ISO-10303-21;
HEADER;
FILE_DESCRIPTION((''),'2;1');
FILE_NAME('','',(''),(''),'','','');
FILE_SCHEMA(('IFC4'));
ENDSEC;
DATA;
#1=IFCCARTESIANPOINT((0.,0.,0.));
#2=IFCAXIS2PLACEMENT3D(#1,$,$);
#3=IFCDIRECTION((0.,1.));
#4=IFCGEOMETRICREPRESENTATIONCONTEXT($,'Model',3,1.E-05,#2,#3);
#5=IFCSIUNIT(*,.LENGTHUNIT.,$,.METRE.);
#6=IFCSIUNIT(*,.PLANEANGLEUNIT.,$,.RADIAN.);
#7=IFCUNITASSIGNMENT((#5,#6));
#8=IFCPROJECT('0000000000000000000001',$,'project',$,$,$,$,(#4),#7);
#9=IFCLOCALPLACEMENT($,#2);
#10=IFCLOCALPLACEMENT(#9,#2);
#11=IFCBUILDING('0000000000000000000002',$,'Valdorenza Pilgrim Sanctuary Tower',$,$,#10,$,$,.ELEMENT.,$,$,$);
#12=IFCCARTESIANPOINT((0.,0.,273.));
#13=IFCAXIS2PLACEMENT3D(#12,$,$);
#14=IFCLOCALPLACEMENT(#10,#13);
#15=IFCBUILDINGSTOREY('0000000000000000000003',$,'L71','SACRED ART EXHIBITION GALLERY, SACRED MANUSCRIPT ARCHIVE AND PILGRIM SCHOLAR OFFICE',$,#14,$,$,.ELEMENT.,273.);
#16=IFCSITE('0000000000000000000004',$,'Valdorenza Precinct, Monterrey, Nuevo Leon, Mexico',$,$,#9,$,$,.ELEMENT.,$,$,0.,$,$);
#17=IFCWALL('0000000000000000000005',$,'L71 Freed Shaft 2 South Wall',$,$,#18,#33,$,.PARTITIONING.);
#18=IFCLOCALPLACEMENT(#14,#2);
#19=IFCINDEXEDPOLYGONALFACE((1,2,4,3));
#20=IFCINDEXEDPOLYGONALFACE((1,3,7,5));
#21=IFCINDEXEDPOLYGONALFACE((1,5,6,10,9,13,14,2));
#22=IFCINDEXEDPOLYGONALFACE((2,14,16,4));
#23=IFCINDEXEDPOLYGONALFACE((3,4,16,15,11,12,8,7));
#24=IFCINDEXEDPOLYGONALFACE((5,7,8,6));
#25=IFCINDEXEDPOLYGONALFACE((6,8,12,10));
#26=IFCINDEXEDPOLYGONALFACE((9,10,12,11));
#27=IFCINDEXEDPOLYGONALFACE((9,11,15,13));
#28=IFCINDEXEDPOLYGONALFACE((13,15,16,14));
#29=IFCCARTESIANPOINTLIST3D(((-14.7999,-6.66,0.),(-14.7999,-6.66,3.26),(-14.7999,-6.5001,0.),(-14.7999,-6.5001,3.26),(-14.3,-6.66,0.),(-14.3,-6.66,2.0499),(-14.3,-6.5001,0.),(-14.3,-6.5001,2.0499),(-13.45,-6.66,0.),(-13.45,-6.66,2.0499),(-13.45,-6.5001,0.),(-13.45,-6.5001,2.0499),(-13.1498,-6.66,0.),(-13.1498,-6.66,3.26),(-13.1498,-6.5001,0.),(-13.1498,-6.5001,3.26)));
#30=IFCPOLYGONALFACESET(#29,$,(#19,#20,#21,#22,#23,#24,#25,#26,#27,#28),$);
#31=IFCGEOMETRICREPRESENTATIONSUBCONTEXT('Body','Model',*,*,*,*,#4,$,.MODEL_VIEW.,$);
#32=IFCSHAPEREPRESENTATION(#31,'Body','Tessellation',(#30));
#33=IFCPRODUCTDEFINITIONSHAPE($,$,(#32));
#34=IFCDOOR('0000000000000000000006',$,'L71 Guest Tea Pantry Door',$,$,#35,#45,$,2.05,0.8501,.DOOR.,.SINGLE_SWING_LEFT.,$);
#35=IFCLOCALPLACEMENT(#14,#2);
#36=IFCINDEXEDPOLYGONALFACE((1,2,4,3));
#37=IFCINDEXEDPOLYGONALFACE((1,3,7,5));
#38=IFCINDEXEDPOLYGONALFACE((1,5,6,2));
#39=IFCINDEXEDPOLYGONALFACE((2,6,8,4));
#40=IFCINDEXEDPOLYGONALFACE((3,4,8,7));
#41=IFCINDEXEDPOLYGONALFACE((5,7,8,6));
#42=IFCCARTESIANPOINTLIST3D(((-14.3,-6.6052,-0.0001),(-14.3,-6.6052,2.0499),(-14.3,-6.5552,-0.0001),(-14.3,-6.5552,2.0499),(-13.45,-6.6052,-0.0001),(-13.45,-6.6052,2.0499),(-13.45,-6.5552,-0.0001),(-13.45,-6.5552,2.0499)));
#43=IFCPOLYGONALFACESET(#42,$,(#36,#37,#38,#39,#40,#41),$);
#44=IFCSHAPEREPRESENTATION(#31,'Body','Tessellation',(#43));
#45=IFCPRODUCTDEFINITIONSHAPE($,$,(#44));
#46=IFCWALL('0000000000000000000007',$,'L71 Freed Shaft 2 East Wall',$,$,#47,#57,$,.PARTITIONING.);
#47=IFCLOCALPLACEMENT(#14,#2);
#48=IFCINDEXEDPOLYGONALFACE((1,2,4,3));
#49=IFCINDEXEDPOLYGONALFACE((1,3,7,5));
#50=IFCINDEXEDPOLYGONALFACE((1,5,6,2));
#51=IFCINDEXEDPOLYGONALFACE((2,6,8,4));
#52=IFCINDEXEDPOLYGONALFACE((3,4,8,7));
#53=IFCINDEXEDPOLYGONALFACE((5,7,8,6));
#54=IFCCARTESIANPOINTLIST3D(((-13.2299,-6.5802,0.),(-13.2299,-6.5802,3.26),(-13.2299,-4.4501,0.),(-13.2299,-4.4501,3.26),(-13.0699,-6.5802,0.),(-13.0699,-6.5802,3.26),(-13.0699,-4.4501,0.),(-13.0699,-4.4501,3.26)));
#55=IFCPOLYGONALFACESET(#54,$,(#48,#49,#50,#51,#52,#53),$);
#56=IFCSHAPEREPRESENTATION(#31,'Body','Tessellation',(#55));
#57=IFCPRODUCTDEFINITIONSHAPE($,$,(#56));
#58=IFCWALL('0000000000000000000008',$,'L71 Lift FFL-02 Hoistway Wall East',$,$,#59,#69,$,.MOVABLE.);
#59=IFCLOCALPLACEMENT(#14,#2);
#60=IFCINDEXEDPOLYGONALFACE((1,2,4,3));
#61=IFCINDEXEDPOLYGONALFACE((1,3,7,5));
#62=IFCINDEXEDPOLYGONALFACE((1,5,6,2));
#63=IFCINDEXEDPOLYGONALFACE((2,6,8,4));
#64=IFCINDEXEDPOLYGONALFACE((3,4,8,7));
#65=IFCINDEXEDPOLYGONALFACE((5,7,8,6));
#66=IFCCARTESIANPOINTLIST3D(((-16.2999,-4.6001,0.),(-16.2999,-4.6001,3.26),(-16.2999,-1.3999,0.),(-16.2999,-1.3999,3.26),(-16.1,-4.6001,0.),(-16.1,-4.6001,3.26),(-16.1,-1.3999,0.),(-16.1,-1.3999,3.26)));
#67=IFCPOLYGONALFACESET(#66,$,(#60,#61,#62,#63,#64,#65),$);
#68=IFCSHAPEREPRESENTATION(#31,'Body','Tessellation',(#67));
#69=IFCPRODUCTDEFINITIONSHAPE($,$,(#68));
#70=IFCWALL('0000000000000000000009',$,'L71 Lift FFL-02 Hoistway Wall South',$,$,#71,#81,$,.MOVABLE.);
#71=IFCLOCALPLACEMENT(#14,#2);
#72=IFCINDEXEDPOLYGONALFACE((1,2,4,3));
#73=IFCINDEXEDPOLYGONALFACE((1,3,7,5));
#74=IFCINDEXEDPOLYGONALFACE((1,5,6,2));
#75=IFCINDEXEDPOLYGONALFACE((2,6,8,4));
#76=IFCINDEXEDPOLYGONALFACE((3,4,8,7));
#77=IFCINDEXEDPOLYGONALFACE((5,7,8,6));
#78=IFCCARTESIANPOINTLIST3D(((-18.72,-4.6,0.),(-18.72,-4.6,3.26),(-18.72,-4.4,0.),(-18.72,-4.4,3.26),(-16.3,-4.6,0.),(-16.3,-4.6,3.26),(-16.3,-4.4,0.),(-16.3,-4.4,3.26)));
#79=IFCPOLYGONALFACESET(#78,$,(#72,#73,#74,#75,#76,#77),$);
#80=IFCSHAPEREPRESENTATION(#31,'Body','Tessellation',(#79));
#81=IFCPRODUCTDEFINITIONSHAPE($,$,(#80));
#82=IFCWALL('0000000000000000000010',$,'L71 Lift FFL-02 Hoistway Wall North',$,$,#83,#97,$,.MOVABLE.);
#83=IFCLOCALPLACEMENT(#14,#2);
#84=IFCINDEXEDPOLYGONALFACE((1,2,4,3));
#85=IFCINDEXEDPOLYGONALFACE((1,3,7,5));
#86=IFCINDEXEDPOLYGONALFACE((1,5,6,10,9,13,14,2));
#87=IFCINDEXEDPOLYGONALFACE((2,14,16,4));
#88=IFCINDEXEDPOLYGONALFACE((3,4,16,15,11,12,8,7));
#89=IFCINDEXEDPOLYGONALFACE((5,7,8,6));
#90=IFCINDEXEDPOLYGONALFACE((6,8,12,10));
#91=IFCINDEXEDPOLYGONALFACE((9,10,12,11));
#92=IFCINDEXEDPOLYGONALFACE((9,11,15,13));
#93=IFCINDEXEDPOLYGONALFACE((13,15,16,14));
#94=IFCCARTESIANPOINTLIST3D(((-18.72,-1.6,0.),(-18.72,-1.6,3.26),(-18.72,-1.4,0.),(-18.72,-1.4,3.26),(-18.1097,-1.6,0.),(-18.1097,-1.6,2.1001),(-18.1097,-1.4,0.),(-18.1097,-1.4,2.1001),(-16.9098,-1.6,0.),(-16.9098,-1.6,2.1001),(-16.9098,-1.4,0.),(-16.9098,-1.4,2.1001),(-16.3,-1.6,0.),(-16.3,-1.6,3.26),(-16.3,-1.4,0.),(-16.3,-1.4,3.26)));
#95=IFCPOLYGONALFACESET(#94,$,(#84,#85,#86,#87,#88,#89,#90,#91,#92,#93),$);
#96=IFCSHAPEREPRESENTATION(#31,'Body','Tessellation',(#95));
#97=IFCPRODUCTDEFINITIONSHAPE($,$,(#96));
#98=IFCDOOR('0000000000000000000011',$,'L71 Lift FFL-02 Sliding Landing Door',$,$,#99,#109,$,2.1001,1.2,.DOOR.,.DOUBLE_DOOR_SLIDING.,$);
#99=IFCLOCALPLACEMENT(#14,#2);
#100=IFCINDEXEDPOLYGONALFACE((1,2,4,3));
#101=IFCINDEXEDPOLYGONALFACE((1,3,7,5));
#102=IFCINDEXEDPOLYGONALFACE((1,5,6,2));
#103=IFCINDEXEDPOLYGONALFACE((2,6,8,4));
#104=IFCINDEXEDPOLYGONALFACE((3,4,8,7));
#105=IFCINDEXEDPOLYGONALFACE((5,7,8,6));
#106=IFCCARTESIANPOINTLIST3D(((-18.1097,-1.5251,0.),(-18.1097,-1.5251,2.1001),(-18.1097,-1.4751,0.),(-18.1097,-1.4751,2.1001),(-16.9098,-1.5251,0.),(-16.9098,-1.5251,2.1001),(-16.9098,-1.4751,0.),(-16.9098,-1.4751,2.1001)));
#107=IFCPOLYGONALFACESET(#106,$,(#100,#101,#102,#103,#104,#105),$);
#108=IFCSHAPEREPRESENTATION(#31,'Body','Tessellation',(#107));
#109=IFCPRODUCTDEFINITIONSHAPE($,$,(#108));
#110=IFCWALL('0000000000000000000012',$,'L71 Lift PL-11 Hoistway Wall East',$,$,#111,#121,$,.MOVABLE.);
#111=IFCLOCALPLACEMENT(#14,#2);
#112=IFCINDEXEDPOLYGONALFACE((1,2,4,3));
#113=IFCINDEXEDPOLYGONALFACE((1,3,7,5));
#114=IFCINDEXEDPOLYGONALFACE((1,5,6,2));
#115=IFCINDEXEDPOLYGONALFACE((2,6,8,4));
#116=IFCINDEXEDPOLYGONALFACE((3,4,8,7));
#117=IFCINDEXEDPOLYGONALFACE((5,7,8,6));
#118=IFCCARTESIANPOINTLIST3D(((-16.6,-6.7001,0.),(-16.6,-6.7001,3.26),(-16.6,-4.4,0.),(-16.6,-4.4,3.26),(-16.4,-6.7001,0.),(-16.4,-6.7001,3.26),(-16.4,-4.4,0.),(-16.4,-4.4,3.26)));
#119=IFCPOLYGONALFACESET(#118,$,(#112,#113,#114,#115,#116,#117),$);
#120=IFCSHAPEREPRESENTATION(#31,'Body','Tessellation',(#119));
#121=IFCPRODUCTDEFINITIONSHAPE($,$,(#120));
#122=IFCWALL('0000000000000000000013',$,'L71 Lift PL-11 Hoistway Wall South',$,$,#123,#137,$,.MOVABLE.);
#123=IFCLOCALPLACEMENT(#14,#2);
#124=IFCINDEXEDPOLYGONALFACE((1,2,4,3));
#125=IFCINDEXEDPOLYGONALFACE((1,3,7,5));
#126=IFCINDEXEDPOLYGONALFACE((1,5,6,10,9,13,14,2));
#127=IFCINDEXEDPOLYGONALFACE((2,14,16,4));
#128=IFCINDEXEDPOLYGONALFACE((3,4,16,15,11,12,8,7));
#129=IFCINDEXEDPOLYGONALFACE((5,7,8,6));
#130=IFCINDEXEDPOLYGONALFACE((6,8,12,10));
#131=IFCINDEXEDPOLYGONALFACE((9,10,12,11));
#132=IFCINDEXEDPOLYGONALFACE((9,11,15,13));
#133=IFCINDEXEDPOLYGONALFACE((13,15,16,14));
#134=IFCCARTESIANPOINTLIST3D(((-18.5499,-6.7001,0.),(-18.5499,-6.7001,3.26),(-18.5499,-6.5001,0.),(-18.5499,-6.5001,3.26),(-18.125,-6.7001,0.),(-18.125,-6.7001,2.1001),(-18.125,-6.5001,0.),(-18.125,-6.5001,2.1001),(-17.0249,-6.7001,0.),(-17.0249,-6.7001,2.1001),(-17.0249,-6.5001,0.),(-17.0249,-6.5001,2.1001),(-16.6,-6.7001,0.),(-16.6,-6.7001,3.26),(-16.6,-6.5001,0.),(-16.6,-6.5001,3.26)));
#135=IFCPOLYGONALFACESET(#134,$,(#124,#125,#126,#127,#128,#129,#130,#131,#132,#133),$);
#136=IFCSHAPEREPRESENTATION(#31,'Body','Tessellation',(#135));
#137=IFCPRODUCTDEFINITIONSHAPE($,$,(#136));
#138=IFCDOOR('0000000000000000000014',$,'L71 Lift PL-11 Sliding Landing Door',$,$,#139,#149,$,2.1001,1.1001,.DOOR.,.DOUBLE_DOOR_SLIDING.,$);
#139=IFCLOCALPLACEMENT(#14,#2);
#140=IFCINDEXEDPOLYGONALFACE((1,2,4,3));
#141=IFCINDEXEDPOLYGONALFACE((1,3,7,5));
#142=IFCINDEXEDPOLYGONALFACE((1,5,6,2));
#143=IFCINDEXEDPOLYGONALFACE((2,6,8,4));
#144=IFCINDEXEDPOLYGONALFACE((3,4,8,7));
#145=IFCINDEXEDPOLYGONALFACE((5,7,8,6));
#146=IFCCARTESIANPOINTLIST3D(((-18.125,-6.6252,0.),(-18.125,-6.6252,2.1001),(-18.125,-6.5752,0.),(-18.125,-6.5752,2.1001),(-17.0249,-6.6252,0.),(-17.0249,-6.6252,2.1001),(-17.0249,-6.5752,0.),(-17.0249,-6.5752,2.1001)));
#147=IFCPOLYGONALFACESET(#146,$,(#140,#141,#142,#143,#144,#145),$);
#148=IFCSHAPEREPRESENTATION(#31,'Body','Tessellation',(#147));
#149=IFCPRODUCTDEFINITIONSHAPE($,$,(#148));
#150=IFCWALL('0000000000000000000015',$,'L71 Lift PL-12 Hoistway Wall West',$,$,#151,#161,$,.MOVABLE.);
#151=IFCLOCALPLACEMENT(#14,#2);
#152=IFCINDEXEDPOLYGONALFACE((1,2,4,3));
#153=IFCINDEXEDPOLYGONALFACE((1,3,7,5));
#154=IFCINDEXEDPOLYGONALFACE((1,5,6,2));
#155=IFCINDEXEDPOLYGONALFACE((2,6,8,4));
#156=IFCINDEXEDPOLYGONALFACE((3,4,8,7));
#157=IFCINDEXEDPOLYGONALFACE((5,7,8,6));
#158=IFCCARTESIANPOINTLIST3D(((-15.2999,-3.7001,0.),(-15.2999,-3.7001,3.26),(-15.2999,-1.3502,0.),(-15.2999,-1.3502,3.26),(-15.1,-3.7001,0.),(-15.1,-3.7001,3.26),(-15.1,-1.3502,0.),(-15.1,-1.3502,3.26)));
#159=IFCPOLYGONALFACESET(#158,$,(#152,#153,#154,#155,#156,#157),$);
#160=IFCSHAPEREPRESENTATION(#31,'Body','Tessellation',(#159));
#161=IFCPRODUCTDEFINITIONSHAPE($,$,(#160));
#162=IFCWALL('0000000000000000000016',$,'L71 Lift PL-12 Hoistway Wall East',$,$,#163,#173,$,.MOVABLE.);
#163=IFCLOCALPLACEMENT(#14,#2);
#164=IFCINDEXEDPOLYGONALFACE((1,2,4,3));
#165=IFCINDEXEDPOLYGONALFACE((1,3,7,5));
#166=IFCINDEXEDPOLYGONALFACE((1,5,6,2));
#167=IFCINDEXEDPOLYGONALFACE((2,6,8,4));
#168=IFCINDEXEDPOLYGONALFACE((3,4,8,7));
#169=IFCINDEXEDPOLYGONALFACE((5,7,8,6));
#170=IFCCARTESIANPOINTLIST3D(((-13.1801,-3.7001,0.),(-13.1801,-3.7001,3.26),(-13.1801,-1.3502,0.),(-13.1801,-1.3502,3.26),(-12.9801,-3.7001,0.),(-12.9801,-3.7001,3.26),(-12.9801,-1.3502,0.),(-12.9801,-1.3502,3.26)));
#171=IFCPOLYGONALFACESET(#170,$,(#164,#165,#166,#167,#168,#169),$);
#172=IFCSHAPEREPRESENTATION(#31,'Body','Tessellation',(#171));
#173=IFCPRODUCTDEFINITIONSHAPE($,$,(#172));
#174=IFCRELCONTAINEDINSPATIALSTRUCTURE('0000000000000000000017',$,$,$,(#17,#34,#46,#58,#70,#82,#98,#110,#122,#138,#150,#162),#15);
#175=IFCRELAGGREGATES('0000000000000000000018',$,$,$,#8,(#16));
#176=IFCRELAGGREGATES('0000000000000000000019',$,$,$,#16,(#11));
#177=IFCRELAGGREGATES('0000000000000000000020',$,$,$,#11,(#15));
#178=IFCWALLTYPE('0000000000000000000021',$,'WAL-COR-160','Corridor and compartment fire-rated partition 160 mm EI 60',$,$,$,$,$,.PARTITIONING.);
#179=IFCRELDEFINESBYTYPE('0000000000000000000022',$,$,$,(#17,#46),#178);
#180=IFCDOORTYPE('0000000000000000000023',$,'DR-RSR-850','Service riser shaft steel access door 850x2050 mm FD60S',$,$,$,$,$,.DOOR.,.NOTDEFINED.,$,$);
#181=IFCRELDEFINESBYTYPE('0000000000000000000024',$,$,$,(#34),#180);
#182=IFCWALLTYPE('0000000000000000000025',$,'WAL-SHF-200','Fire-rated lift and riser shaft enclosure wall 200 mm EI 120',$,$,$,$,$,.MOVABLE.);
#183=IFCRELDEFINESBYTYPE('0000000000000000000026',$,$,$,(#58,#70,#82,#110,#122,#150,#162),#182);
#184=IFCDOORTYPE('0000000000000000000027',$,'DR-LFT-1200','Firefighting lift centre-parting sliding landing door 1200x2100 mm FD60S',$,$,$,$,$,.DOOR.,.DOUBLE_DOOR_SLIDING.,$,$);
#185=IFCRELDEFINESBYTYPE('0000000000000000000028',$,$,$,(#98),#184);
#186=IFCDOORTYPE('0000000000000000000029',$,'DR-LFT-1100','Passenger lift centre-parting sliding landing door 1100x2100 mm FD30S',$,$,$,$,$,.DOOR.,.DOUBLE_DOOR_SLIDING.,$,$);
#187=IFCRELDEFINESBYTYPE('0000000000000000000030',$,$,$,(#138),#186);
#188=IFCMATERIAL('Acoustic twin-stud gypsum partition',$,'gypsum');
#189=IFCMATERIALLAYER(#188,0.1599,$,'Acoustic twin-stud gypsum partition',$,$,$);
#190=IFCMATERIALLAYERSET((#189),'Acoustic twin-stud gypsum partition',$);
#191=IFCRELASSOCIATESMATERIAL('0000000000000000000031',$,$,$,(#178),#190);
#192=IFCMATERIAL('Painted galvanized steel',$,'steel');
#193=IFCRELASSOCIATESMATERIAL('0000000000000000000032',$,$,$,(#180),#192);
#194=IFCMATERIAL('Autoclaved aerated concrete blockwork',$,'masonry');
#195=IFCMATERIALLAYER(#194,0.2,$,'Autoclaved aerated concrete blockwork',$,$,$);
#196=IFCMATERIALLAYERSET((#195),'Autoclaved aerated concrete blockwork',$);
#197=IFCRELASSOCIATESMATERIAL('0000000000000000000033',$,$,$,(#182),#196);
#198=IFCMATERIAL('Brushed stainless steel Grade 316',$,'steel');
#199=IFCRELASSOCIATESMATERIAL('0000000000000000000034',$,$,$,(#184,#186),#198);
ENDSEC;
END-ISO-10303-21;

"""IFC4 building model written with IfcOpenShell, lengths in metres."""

from ifc_helpers import new_model, si_unit, direction, frame, frame_2d, origin, place, context, subcontext, project, spatial, rectangle, extrude, material, layer, layer_set, type_object, element, fill, save


model = new_model("IFC4")

# Units and contexts
model_context = context("Model", 3, precision=1e-05, world=origin(), true_north=direction((0.0, 1.0)))
body_context = subcontext(model_context, "Body", "Model", "MODEL_VIEW")
ifc_project = project(units=[si_unit("LENGTHUNIT", "METRE"), si_unit("PLANEANGLEUNIT", "RADIAN")], contexts=[model_context])

# Site, building, storey
site_placement = place(None, origin())
site = spatial("IfcSite", under=ifc_project, at=site_placement, Name="Valdorenza Precinct, Monterrey, Nuevo Leon, Mexico", CompositionType="ELEMENT", RefElevation=0.0)
building_placement = place(site_placement, origin())
building = spatial("IfcBuilding", under=site, at=building_placement, Name="Valdorenza Pilgrim Sanctuary Tower", CompositionType="ELEMENT")
storey_placement = place(building_placement, frame((0.0, 0.0, 273.0)))
storey = spatial("IfcBuildingStorey", under=building, at=storey_placement, Name="L71", Description="SACRED ART EXHIBITION GALLERY, SACRED MANUSCRIPT ARCHIVE AND PILGRIM SCHOLAR OFFICE", CompositionType="ELEMENT", Elevation=273.0)

# Wall, opening, door
ifc_material_1 = material(Name="Acoustic twin-stud gypsum partition", Category="gypsum")
ifc_layer_1 = layer(ifc_material_1, 0.1599, Name="Acoustic twin-stud gypsum partition")
ifc_layer_set_1 = layer_set([ifc_layer_1], Name="Acoustic twin-stud gypsum partition")
wall_type_1 = type_object("IfcWallType", Name="WAL-COR-160", Description="Corridor and compartment fire-rated partition 160 mm EI 60", PredefinedType="PARTITIONING", material=ifc_layer_set_1)
wall_1_placement = place(storey_placement, frame((-14.8, -6.5801, 0.0), z_axis=(0.0, 0.0, 1.0), x_axis=(1.0, 0.0, 0.0)))
wall_1 = element("IfcWall", 1, at=wall_1_placement, inside=storey, type_object=wall_type_1, Name="L71 Freed Shaft 2 South Wall", PredefinedType="PARTITIONING", context=body_context, shape_type="SweptSolid", body=[
    extrude(rectangle(XDim=1.6501, YDim=0.1599, at=frame_2d((0.8252, 0.0))), origin(), (0.0, 0.0, 1.0), 3.26),
])
opening_1_placement = place(wall_1_placement, frame((0.5, 0.0, 0.0)))
opening_1 = element("IfcOpeningElement", 2, at=opening_1_placement, cuts=wall_1, PredefinedType="OPENING", context=body_context, shape_type="SweptSolid", body=[
    extrude(rectangle(XDim=0.8501, YDim=2.05, at=frame_2d((0.425, 1.0249))), frame((0.0, 0.0947, 0.0), z_axis=(0.0, -1.0, 0.0), x_axis=(1.0, 0.0, 0.0)), (0.0, 0.0, 1.0), 0.1897),
])
ifc_material_2 = material(Name="Painted galvanized steel", Category="steel")
door_type_1 = type_object("IfcDoorType", Name="DR-RSR-850", Description="Service riser shaft steel access door 850x2050 mm FD60S", OperationType="NOTDEFINED", PredefinedType="DOOR", material=ifc_material_2)
door_1_placement = place(opening_1_placement, origin())
door_1 = element("IfcDoor", 3, at=door_1_placement, inside=storey, type_object=door_type_1, Name="L71 Guest Tea Pantry Door", OperationType="SINGLE_SWING_LEFT", OverallHeight=2.05, OverallWidth=0.8501, PredefinedType="DOOR", context=body_context, shape_type="SweptSolid", body=[
    extrude(rectangle(XDim=0.8501, YDim=2.05, at=frame_2d((0.425, 1.0249))), frame((0.0, 0.0249, 0.0), z_axis=(0.0, -1.0, 0.0), x_axis=(1.0, 0.0, 0.0)), (0.0, 0.0, 1.0), 0.05),
])
fill(opening_1, door_1)

# Wall
wall_2_placement = place(storey_placement, frame((-13.1499, -6.5801, 0.0), z_axis=(0.0, 0.0, 1.0), x_axis=(0.0, 1.0, 0.0)))
element("IfcWall", 4, at=wall_2_placement, inside=storey, type_object=wall_type_1, Name="L71 Freed Shaft 2 East Wall", PredefinedType="PARTITIONING", context=body_context, shape_type="SweptSolid", body=[
    extrude(rectangle(XDim=2.1301, YDim=0.1599, at=frame_2d((1.0649, 0.0))), origin(), (0.0, 0.0, 1.0), 3.26),
])

# Walls
ifc_material_3 = material(Name="Autoclaved aerated concrete blockwork", Category="masonry")
ifc_layer_2 = layer(ifc_material_3, 0.2, Name="Autoclaved aerated concrete blockwork")
ifc_layer_set_2 = layer_set([ifc_layer_2], Name="Autoclaved aerated concrete blockwork")
wall_type_2 = type_object("IfcWallType", Name="WAL-SHF-200", Description="Fire-rated lift and riser shaft enclosure wall 200 mm EI 120", PredefinedType="MOVABLE", material=ifc_layer_set_2)
wall_3_placement = place(storey_placement, frame((-16.2, -4.6001, 0.0), z_axis=(0.0, 0.0, 1.0), x_axis=(0.0, 1.0, 0.0)))
element("IfcWall", 5, at=wall_3_placement, inside=storey, type_object=wall_type_2, Name="L71 Lift FFL-02 Hoistway Wall East", PredefinedType="MOVABLE", context=body_context, shape_type="SweptSolid", body=[
    extrude(rectangle(XDim=3.2002, YDim=0.2, at=frame_2d((1.6001, 0.0))), origin(), (0.0, 0.0, 1.0), 3.26),
])
wall_4_placement = place(storey_placement, frame((-18.72, -4.5, 0.0), z_axis=(0.0, 0.0, 1.0), x_axis=(1.0, 0.0, 0.0)))
element("IfcWall", 6, at=wall_4_placement, inside=storey, type_object=wall_type_2, Name="L71 Lift FFL-02 Hoistway Wall South", PredefinedType="MOVABLE", context=body_context, shape_type="SweptSolid", body=[
    extrude(rectangle(XDim=2.4199, YDim=0.2, at=frame_2d((1.21, 0.0))), origin(), (0.0, 0.0, 1.0), 3.26),
])

# Wall, opening, door
wall_5_placement = place(storey_placement, frame((-18.72, -1.5, 0.0), z_axis=(0.0, 0.0, 1.0), x_axis=(1.0, 0.0, 0.0)))
wall_5 = element("IfcWall", 7, at=wall_5_placement, inside=storey, type_object=wall_type_2, Name="L71 Lift FFL-02 Hoistway Wall North", PredefinedType="MOVABLE", context=body_context, shape_type="SweptSolid", body=[
    extrude(rectangle(XDim=2.4199, YDim=0.2, at=frame_2d((1.21, 0.0))), origin(), (0.0, 0.0, 1.0), 3.26),
])
opening_2_placement = place(wall_5_placement, frame((0.6101, 0.0, 0.0)))
opening_2 = element("IfcOpeningElement", 8, at=opening_2_placement, cuts=wall_5, PredefinedType="OPENING", context=body_context, shape_type="SweptSolid", body=[
    extrude(rectangle(XDim=1.2, YDim=2.1001, at=frame_2d((0.6001, 1.05))), frame((0.0, 0.1147, 0.0), z_axis=(0.0, -1.0, 0.0), x_axis=(1.0, 0.0, 0.0)), (0.0, 0.0, 1.0), 0.2297),
])
ifc_material_4 = material(Name="Brushed stainless steel Grade 316", Category="steel")
door_type_2 = type_object("IfcDoorType", Name="DR-LFT-1200", Description="Firefighting lift centre-parting sliding landing door 1200x2100 mm FD60S", OperationType="DOUBLE_DOOR_SLIDING", PredefinedType="DOOR", material=ifc_material_4)
door_2_placement = place(opening_2_placement, origin())
door_2 = element("IfcDoor", 9, at=door_2_placement, inside=storey, type_object=door_type_2, Name="L71 Lift FFL-02 Sliding Landing Door", OperationType="DOUBLE_DOOR_SLIDING", OverallHeight=2.1001, OverallWidth=1.2, PredefinedType="DOOR", context=body_context, shape_type="SweptSolid", body=[
    extrude(rectangle(XDim=1.2, YDim=2.1001, at=frame_2d((0.6001, 1.05))), frame((0.0, 0.0249, 0.0), z_axis=(0.0, -1.0, 0.0), x_axis=(1.0, 0.0, 0.0)), (0.0, 0.0, 1.0), 0.05),
])
fill(opening_2, door_2)

# Wall
wall_6_placement = place(storey_placement, frame((-16.5, -6.7, 0.0), z_axis=(0.0, 0.0, 1.0), x_axis=(0.0, 1.0, 0.0)))
element("IfcWall", 10, at=wall_6_placement, inside=storey, type_object=wall_type_2, Name="L71 Lift PL-11 Hoistway Wall East", PredefinedType="MOVABLE", context=body_context, shape_type="SweptSolid", body=[
    extrude(rectangle(XDim=2.3, YDim=0.2, at=frame_2d((1.1499, 0.0))), origin(), (0.0, 0.0, 1.0), 3.26),
])

# Wall, opening, door
wall_7_placement = place(storey_placement, frame((-18.55, -6.6001, 0.0), z_axis=(0.0, 0.0, 1.0), x_axis=(1.0, 0.0, 0.0)))
wall_7 = element("IfcWall", 11, at=wall_7_placement, inside=storey, type_object=wall_type_2, Name="L71 Lift PL-11 Hoistway Wall South", PredefinedType="MOVABLE", context=body_context, shape_type="SweptSolid", body=[
    extrude(rectangle(XDim=1.95, YDim=0.2, at=frame_2d((0.9751, 0.0))), origin(), (0.0, 0.0, 1.0), 3.26),
])
opening_3_placement = place(wall_7_placement, frame((0.425, 0.0, 0.0)))
opening_3 = element("IfcOpeningElement", 12, at=opening_3_placement, cuts=wall_7, PredefinedType="OPENING", context=body_context, shape_type="SweptSolid", body=[
    extrude(rectangle(XDim=1.1001, YDim=2.1001, at=frame_2d((0.55, 1.05))), frame((0.0, 0.1147, 0.0), z_axis=(0.0, -1.0, 0.0), x_axis=(1.0, 0.0, 0.0)), (0.0, 0.0, 1.0), 0.2297),
])
door_type_3 = type_object("IfcDoorType", Name="DR-LFT-1100", Description="Passenger lift centre-parting sliding landing door 1100x2100 mm FD30S", OperationType="DOUBLE_DOOR_SLIDING", PredefinedType="DOOR", material=ifc_material_4)
door_3_placement = place(opening_3_placement, origin())
door_3 = element("IfcDoor", 13, at=door_3_placement, inside=storey, type_object=door_type_3, Name="L71 Lift PL-11 Sliding Landing Door", OperationType="DOUBLE_DOOR_SLIDING", OverallHeight=2.1001, OverallWidth=1.1001, PredefinedType="DOOR", context=body_context, shape_type="SweptSolid", body=[
    extrude(rectangle(XDim=1.1001, YDim=2.1001, at=frame_2d((0.55, 1.05))), frame((0.0, 0.0249, 0.0), z_axis=(0.0, -1.0, 0.0), x_axis=(1.0, 0.0, 0.0)), (0.0, 0.0, 1.0), 0.05),
])
fill(opening_3, door_3)

# Walls
for number, where, z_axis, x_axis, name in (
    (14, (-15.2, -3.7, 0.0), (0.0, 0.0, 1.0), (0.0, 1.0, 0.0), "L71 Lift PL-12 Hoistway Wall West"),
    (15, (-13.0801, -3.7, 0.0), (0.0, 0.0, 1.0), (0.0, 1.0, 0.0), "L71 Lift PL-12 Hoistway Wall East"),
):
    element("IfcWall", number, at=place(storey_placement, frame(where, z_axis=z_axis, x_axis=x_axis)), inside=storey, type_object=wall_type_2, Name=name, PredefinedType="MOVABLE", context=body_context, shape_type="SweptSolid", body=[
        extrude(rectangle(XDim=2.3499, YDim=0.2, at=frame_2d((1.1748, 0.0))), origin(), (0.0, 0.0, 1.0), 3.26),
    ])

save(model, "model.ifc")
